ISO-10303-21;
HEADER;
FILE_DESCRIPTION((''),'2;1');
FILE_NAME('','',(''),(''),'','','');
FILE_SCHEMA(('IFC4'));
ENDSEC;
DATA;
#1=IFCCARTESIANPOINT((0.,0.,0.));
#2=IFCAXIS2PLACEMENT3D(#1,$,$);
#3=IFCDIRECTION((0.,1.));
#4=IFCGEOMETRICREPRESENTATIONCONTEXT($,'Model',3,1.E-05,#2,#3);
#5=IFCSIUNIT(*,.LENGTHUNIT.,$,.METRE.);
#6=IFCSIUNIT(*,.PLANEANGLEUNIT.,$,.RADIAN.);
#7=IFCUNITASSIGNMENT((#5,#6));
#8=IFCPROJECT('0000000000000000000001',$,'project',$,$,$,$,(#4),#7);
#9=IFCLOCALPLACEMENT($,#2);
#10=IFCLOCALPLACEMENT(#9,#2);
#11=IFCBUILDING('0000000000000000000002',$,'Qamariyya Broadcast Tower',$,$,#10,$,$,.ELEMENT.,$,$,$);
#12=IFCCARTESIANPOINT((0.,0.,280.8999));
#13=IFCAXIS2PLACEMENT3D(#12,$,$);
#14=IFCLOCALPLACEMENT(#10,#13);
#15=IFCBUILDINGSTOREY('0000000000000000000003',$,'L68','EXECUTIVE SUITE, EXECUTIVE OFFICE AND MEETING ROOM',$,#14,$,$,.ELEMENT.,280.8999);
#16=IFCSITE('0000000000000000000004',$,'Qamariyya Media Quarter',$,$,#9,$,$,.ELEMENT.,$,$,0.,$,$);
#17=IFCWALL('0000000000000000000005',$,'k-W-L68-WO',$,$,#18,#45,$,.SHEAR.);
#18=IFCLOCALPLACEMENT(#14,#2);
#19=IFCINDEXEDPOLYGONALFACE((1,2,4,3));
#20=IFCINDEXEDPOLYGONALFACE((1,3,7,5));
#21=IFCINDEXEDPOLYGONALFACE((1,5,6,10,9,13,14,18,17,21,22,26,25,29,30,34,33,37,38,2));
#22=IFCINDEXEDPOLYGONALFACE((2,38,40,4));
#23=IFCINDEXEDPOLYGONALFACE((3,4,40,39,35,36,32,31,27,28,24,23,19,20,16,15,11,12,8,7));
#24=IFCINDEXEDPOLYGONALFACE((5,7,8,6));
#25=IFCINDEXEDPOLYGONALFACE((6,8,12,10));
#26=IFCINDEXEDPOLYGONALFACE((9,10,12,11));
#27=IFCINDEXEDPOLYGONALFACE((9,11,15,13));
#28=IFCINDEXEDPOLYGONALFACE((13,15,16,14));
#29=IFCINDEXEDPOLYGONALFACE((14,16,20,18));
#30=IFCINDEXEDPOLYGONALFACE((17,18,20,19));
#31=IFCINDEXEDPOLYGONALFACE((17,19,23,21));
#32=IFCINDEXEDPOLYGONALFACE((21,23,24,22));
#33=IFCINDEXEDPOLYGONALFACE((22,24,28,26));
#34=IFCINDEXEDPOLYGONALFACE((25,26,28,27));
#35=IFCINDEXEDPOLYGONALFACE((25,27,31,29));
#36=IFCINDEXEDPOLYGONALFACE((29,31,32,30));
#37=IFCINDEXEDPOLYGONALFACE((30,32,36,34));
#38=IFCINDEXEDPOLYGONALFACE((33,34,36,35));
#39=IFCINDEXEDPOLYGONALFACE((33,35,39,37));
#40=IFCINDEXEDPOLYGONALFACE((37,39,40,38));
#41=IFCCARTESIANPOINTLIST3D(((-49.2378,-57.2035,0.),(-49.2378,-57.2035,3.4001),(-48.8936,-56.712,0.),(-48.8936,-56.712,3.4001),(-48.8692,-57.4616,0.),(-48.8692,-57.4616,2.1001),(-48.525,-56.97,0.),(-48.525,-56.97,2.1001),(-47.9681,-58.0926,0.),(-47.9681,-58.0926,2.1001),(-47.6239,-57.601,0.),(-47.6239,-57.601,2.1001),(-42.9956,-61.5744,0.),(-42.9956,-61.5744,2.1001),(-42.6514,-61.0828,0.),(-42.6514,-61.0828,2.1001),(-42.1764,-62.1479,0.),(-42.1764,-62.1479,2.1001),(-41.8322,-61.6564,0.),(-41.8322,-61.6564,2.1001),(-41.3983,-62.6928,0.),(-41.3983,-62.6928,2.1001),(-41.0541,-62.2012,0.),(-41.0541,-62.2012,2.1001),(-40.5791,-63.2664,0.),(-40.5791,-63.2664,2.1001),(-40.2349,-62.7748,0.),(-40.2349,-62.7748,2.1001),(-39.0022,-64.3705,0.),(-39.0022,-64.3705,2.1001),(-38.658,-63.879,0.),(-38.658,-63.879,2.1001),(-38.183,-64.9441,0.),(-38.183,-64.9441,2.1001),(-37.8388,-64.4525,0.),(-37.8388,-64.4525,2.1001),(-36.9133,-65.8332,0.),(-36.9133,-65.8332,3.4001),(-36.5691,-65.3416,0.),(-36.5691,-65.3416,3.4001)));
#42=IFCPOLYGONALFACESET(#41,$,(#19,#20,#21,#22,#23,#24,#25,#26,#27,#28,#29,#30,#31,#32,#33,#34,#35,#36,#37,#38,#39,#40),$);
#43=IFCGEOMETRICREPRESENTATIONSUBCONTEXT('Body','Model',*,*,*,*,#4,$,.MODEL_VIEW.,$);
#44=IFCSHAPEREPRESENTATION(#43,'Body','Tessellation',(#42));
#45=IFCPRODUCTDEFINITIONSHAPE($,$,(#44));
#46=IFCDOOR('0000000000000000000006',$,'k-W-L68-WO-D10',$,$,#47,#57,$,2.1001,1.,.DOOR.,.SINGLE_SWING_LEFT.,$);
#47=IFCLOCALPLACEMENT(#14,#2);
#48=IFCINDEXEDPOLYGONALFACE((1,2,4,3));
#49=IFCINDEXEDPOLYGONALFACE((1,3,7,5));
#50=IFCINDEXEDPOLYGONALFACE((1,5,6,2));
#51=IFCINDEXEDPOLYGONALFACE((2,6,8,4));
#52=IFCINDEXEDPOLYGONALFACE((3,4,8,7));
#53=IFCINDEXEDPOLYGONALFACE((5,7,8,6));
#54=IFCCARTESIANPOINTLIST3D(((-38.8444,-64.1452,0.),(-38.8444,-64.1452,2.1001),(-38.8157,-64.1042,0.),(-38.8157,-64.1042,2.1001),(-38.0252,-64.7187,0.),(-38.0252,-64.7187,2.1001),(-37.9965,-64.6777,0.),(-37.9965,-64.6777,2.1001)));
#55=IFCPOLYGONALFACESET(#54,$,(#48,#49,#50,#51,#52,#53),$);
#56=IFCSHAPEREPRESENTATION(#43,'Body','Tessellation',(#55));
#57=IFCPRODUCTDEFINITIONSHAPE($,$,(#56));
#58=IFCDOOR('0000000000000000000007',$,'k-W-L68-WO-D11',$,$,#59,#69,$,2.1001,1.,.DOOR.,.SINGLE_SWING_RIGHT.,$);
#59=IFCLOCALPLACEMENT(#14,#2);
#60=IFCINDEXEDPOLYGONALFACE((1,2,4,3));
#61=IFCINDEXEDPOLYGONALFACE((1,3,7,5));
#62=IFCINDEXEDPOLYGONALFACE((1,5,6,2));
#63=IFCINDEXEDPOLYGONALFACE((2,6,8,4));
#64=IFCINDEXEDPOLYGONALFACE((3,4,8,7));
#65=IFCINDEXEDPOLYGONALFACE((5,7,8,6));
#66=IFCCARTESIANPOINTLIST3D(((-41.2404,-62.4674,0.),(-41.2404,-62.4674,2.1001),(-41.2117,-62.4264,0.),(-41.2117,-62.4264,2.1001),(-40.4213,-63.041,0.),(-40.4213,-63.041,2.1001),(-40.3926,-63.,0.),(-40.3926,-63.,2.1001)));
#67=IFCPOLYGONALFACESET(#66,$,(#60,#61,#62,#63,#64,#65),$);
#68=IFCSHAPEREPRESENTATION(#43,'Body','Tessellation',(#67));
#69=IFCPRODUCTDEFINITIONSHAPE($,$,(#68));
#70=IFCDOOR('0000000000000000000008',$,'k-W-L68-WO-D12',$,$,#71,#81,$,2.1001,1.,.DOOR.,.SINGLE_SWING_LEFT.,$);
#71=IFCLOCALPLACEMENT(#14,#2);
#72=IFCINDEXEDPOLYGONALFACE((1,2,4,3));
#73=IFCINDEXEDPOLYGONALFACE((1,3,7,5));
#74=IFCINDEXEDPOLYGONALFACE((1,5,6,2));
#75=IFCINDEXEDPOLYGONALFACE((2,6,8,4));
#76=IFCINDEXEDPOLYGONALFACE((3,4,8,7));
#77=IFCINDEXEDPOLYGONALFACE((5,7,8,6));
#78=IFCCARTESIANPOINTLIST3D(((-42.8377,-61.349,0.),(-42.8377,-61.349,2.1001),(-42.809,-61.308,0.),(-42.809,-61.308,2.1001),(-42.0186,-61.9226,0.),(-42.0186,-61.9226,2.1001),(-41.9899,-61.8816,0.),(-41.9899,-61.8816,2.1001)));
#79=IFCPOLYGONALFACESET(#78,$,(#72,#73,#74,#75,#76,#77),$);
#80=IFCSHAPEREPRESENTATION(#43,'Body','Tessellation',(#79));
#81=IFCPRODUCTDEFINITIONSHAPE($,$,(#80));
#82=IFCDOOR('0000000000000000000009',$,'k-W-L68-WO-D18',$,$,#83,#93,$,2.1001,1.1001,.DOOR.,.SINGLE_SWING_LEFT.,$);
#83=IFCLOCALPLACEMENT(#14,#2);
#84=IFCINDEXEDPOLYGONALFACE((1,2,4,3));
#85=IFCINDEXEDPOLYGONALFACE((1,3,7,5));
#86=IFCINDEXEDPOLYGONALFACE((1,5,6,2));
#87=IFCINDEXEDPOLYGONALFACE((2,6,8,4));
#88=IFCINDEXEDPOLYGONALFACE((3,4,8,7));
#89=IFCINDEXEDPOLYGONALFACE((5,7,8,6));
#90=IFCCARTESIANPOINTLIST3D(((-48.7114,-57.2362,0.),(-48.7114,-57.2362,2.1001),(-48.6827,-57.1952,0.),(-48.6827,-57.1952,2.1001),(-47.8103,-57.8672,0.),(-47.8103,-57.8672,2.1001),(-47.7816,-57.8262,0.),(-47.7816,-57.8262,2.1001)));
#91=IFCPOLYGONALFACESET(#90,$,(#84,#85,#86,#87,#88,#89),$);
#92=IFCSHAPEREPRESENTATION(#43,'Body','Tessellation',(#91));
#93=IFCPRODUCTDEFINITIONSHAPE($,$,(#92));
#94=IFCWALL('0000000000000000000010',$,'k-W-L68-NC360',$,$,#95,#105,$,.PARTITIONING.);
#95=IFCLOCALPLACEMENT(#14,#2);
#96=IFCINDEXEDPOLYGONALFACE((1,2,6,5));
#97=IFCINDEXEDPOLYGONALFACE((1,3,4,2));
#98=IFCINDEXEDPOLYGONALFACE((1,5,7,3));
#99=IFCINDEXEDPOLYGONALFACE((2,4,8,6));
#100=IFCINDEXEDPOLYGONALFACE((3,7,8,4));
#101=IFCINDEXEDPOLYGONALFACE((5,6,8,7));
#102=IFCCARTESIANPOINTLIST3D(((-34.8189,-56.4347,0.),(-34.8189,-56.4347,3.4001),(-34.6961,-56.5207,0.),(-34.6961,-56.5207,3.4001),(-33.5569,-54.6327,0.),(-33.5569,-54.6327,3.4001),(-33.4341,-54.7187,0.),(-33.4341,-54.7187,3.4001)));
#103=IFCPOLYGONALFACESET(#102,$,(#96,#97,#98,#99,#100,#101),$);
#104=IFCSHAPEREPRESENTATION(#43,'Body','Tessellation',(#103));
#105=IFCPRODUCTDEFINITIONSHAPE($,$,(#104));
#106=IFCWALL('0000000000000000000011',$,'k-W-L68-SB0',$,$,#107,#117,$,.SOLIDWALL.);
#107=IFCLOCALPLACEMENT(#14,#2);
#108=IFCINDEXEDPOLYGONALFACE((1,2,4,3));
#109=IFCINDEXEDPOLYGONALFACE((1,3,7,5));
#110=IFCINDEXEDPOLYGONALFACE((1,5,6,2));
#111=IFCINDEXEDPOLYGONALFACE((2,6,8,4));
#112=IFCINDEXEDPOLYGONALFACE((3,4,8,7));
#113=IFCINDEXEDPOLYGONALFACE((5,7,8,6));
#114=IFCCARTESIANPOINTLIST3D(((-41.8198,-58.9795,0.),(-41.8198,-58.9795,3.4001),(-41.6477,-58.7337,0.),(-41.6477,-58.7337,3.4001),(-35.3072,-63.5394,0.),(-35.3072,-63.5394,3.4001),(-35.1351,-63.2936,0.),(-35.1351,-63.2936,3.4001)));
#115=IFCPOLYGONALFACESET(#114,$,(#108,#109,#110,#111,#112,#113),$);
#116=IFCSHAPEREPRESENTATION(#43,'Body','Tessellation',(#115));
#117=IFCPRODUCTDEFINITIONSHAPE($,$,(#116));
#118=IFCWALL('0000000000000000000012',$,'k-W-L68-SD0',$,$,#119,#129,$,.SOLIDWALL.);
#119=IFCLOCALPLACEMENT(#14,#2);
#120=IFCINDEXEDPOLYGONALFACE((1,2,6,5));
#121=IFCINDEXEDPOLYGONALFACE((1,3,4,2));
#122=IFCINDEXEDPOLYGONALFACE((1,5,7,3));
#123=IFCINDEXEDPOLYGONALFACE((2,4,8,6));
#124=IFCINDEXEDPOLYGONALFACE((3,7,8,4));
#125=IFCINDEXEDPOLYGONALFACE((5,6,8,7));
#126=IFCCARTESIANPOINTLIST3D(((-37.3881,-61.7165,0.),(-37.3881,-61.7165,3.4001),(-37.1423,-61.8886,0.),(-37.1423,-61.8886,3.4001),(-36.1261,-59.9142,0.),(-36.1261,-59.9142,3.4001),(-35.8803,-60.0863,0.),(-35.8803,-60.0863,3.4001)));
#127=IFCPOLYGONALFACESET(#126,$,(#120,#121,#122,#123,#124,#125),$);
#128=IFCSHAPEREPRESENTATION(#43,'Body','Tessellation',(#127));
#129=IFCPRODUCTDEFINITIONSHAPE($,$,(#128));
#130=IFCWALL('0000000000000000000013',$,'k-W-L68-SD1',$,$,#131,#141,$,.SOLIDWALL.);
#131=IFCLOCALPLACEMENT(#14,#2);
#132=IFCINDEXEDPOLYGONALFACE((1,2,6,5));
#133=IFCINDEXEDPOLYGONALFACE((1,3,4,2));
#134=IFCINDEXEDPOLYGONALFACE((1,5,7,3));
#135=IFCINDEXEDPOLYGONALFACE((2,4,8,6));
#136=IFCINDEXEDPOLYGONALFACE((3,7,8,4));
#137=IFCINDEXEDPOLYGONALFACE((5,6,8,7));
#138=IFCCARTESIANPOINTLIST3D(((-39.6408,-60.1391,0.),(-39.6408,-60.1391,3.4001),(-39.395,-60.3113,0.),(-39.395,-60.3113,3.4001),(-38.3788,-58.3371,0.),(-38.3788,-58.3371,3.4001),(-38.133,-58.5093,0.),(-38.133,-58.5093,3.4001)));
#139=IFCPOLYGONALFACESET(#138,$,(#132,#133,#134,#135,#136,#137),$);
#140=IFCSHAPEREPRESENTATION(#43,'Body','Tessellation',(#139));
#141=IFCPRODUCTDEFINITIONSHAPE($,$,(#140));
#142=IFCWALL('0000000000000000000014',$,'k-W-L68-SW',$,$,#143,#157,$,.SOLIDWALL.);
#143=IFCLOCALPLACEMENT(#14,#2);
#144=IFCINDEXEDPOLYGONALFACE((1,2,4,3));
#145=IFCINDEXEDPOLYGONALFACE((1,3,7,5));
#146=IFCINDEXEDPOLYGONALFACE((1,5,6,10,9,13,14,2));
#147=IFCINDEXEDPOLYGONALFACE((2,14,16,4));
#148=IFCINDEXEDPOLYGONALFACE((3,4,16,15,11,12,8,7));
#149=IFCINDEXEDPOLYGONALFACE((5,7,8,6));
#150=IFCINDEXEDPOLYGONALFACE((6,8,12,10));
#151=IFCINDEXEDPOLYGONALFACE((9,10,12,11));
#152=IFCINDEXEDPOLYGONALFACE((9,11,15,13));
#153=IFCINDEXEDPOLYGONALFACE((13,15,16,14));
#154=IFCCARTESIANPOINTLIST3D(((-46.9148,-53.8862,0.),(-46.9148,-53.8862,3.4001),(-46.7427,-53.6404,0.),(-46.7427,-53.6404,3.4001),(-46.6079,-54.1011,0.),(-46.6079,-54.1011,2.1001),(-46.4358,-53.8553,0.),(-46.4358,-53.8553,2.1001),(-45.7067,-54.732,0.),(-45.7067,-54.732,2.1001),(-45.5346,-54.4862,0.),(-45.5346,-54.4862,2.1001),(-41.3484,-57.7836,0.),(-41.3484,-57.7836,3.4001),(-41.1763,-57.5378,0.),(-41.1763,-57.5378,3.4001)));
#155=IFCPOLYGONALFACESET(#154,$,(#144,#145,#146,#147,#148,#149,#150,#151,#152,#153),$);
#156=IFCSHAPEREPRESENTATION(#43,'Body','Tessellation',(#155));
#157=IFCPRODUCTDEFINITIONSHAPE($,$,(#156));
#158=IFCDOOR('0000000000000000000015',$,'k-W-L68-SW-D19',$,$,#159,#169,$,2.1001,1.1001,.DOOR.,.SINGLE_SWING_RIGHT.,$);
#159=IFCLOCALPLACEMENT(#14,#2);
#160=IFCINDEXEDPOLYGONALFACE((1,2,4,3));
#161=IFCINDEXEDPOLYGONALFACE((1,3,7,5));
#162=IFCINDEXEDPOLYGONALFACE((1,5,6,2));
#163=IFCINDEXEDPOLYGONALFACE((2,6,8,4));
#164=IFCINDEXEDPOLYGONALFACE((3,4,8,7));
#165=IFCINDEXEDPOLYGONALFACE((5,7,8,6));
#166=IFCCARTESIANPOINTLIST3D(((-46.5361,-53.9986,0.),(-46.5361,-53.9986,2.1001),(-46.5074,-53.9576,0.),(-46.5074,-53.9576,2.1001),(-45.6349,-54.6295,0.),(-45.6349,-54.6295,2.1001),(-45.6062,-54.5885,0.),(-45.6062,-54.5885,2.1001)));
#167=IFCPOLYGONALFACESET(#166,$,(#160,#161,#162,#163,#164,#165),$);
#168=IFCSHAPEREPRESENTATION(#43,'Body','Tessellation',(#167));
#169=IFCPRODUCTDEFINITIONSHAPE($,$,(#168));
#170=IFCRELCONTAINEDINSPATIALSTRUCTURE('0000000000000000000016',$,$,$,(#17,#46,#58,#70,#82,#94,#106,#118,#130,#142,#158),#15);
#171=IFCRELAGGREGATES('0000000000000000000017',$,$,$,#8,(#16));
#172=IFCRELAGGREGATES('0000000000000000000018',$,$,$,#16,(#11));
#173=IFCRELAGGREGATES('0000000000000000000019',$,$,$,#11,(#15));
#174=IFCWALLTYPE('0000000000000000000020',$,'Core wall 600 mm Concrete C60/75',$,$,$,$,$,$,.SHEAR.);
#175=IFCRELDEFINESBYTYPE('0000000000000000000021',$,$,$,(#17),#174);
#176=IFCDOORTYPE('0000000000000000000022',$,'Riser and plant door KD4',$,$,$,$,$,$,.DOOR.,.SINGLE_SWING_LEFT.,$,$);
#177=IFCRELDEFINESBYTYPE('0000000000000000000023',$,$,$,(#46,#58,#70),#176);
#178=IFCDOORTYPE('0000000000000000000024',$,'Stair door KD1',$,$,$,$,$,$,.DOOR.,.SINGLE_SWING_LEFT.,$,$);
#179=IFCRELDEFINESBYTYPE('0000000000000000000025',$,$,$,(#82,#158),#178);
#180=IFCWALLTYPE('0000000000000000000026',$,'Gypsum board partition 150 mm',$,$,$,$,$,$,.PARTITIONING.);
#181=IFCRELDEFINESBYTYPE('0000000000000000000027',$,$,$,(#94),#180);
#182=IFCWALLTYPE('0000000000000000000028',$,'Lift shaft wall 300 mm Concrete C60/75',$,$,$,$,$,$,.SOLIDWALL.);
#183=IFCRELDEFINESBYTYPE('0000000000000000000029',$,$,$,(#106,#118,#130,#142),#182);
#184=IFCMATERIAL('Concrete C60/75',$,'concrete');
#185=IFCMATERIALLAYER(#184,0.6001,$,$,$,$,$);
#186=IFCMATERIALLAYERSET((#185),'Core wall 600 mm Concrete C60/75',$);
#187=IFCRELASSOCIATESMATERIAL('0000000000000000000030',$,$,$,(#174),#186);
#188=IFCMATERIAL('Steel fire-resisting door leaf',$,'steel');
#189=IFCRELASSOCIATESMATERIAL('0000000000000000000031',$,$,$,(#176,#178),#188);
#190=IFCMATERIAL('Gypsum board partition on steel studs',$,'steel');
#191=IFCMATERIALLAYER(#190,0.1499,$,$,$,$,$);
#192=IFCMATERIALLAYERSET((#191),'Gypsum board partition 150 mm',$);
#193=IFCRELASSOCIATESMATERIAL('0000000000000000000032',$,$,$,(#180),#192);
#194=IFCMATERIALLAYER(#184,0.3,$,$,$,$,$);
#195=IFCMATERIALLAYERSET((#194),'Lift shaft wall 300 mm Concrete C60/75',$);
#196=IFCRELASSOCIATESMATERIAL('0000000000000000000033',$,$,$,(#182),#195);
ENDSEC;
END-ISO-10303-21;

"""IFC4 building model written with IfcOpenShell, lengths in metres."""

from ifc_helpers import new_model, si_unit, direction, frame, frame_2d, origin, place, context, subcontext, project, spatial, rectangle, extrude, material, layer, layer_set, type_object, element, fill, save


model = new_model("IFC4")

# Units and contexts
model_context = context("Model", 3, precision=1e-05, world=origin(), true_north=direction((0.0, 1.0)))
body_context = subcontext(model_context, "Body", "Model", "MODEL_VIEW")
ifc_project = project(units=[si_unit("LENGTHUNIT", "METRE"), si_unit("PLANEANGLEUNIT", "RADIAN")], contexts=[model_context])

# Site, building, storey
site_placement = place(None, origin())
site = spatial("IfcSite", under=ifc_project, at=site_placement, Name="Qamariyya Media Quarter", CompositionType="ELEMENT", RefElevation=0.0)
building_placement = place(site_placement, origin())
building = spatial("IfcBuilding", under=site, at=building_placement, Name="Qamariyya Broadcast Tower", CompositionType="ELEMENT")
storey_placement = place(building_placement, frame((0.0, 0.0, 280.8999)))
storey = spatial("IfcBuildingStorey", under=building, at=storey_placement, Name="L68", Description="EXECUTIVE SUITE, EXECUTIVE OFFICE AND MEETING ROOM", CompositionType="ELEMENT", Elevation=280.8999)

# Shared definitions
ifc_material_1 = material(Name="Concrete C60/75", Category="concrete")
ifc_layer_1 = layer(ifc_material_1, 0.6001)
ifc_layer_set_1 = layer_set([ifc_layer_1], Name="Core wall 600 mm Concrete C60/75")
wall_type_1 = type_object("IfcWallType", Name="Core wall 600 mm Concrete C60/75", PredefinedType="SHEAR", material=ifc_layer_set_1)
ifc_material_2 = material(Name="Steel fire-resisting door leaf", Category="steel")

# Wall, openings, doors
wall_1_placement = place(storey_placement, frame((-36.7412, -65.5874, 0.0), z_axis=(0.0, 0.0, 1.0), x_axis=(-0.819153, 0.573575, 0.0)))
wall_1 = element("IfcWall", 1, at=wall_1_placement, inside=storey, type_object=wall_type_1, Name="k-W-L68-WO", PredefinedType="SHEAR", context=body_context, shape_type="SweptSolid", body=[
    extrude(rectangle(XDim=15.0454, YDim=0.6001, at=frame_2d((7.5227, 0.0))), origin(), (0.0, 0.0, 1.0), 3.4001),
])
opening_1_placement = place(wall_1_placement, frame((1.55, 0.0, 0.0)))
opening_1 = element("IfcOpeningElement", 2, at=opening_1_placement, cuts=wall_1, PredefinedType="OPENING", context=body_context, shape_type="SweptSolid", body=[
    extrude(rectangle(XDim=1.0, YDim=2.1001, at=frame_2d((0.5, 1.05))), frame((0.0, 0.3101, 0.0), z_axis=(0.0, -1.0, 0.0), x_axis=(1.0, 0.0, 0.0)), (0.0, 0.0, 1.0), 0.6201),
])
opening_2_placement = place(wall_1_placement, frame((4.4751, 0.0, 0.0)))
opening_2 = element("IfcOpeningElement", 3, at=opening_2_placement, cuts=wall_1, PredefinedType="OPENING", context=body_context, shape_type="SweptSolid", body=[
    extrude(rectangle(XDim=1.0, YDim=2.1001, at=frame_2d((0.5, 1.05))), frame((0.0, 0.3101, 0.0), z_axis=(0.0, -1.0, 0.0), x_axis=(1.0, 0.0, 0.0)), (0.0, 0.0, 1.0), 0.6201),
])
opening_3_placement = place(wall_1_placement, frame((6.425, 0.0, 0.0)))
opening_3 = element("IfcOpeningElement", 4, at=opening_3_placement, cuts=wall_1, PredefinedType="OPENING", context=body_context, shape_type="SweptSolid", body=[
    extrude(rectangle(XDim=1.0, YDim=2.1001, at=frame_2d((0.5, 1.05))), frame((0.0, 0.3101, 0.0), z_axis=(0.0, -1.0, 0.0), x_axis=(1.0, 0.0, 0.0)), (0.0, 0.0, 1.0), 0.6201),
])
opening_4_placement = place(wall_1_placement, frame((13.4954, 0.0, 0.0)))
opening_4 = element("IfcOpeningElement", 5, at=opening_4_placement, cuts=wall_1, PredefinedType="OPENING", context=body_context, shape_type="SweptSolid", body=[
    extrude(rectangle(XDim=1.1001, YDim=2.1001, at=frame_2d((0.55, 1.05))), frame((0.0, 0.3101, 0.0), z_axis=(0.0, -1.0, 0.0), x_axis=(1.0, 0.0, 0.0)), (0.0, 0.0, 1.0), 0.6201),
])
door_type_1 = type_object("IfcDoorType", Name="Riser and plant door KD4", OperationType="SINGLE_SWING_LEFT", PredefinedType="DOOR", material=ifc_material_2)
door_1_placement = place(opening_1_placement, origin())
door_1 = element("IfcDoor", 6, at=door_1_placement, inside=storey, type_object=door_type_1, Name="k-W-L68-WO-D10", OperationType="SINGLE_SWING_LEFT", OverallHeight=2.1001, OverallWidth=1.0, PredefinedType="DOOR", context=body_context, shape_type="SweptSolid", body=[
    extrude(rectangle(XDim=1.0, YDim=2.1001, at=frame_2d((0.5, 1.05))), frame((0.0, 0.0249, 0.0), z_axis=(0.0, -1.0, 0.0), x_axis=(1.0, 0.0, 0.0)), (0.0, 0.0, 1.0), 0.05),
])
fill(opening_1, door_1)
door_2_placement = place(opening_2_placement, origin())
door_2 = element("IfcDoor", 7, at=door_2_placement, inside=storey, type_object=door_type_1, Name="k-W-L68-WO-D11", OperationType="SINGLE_SWING_RIGHT", OverallHeight=2.1001, OverallWidth=1.0, PredefinedType="DOOR", context=body_context, shape_type="SweptSolid", body=[
    extrude(rectangle(XDim=1.0, YDim=2.1001, at=frame_2d((0.5, 1.05))), frame((0.0, 0.0249, 0.0), z_axis=(0.0, -1.0, 0.0), x_axis=(1.0, 0.0, 0.0)), (0.0, 0.0, 1.0), 0.05),
])
fill(opening_2, door_2)
door_3_placement = place(opening_3_placement, origin())
door_3 = element("IfcDoor", 8, at=door_3_placement, inside=storey, type_object=door_type_1, Name="k-W-L68-WO-D12", OperationType="SINGLE_SWING_LEFT", OverallHeight=2.1001, OverallWidth=1.0, PredefinedType="DOOR", context=body_context, shape_type="SweptSolid", body=[
    extrude(rectangle(XDim=1.0, YDim=2.1001, at=frame_2d((0.5, 1.05))), frame((0.0, 0.0249, 0.0), z_axis=(0.0, -1.0, 0.0), x_axis=(1.0, 0.0, 0.0)), (0.0, 0.0, 1.0), 0.05),
])
fill(opening_3, door_3)
door_type_2 = type_object("IfcDoorType", Name="Stair door KD1", OperationType="SINGLE_SWING_LEFT", PredefinedType="DOOR", material=ifc_material_2)
door_4_placement = place(opening_4_placement, origin())
door_4 = element("IfcDoor", 9, at=door_4_placement, inside=storey, type_object=door_type_2, Name="k-W-L68-WO-D18", OperationType="SINGLE_SWING_LEFT", OverallHeight=2.1001, OverallWidth=1.1001, PredefinedType="DOOR", context=body_context, shape_type="SweptSolid", body=[
    extrude(rectangle(XDim=1.1001, YDim=2.1001, at=frame_2d((0.55, 1.05))), frame((0.0, 0.0249, 0.0), z_axis=(0.0, -1.0, 0.0), x_axis=(1.0, 0.0, 0.0)), (0.0, 0.0, 1.0), 0.05),
])
fill(opening_4, door_4)

# Walls
ifc_material_3 = material(Name="Gypsum board partition on steel studs", Category="steel")
ifc_layer_2 = layer(ifc_material_3, 0.1499)
ifc_layer_set_2 = layer_set([ifc_layer_2], Name="Gypsum board partition 150 mm")
wall_type_2 = type_object("IfcWallType", Name="Gypsum board partition 150 mm", PredefinedType="PARTITIONING", material=ifc_layer_set_2)
wall_2_placement = place(storey_placement, frame((-34.7576, -56.4778, 0.0), z_axis=(0.0, 0.0, 1.0), x_axis=(0.573634, 0.819112, 0.0)))
element("IfcWall", 10, at=wall_2_placement, inside=storey, type_object=wall_type_2, Name="k-W-L68-NC360", PredefinedType="PARTITIONING", context=body_context, shape_type="SweptSolid", body=[
    extrude(rectangle(XDim=2.2, YDim=0.1499, at=frame_2d((1.1001, 0.0))), origin(), (0.0, 0.0, 1.0), 3.4001),
])
ifc_layer_3 = layer(ifc_material_1, 0.3)
ifc_layer_set_3 = layer_set([ifc_layer_3], Name="Lift shaft wall 300 mm Concrete C60/75")
wall_type_3 = type_object("IfcWallType", Name="Lift shaft wall 300 mm Concrete C60/75", PredefinedType="SOLIDWALL", material=ifc_layer_set_3)
wall_3_placement = place(storey_placement, frame((-35.2212, -63.4165, 0.0), z_axis=(0.0, 0.0, 1.0), x_axis=(-0.819167, 0.573555, 0.0)))
element("IfcWall", 11, at=wall_3_placement, inside=storey, type_object=wall_type_3, Name="k-W-L68-SB0", PredefinedType="SOLIDWALL", context=body_context, shape_type="SweptSolid", body=[
    extrude(rectangle(XDim=7.9502, YDim=0.3, at=frame_2d((3.9751, 0.0))), origin(), (0.0, 0.0, 1.0), 3.4001),
])
wall_4_placement = place(storey_placement, frame((-36.0032, -60.0002, 0.0), z_axis=(0.0, 0.0, 1.0), x_axis=(-0.573581, -0.819149, 0.0)))
element("IfcWall", 12, at=wall_4_placement, inside=storey, type_object=wall_type_3, Name="k-W-L68-SD0", PredefinedType="SOLIDWALL", context=body_context, shape_type="SweptSolid", body=[
    extrude(rectangle(XDim=2.2002, YDim=0.3, at=frame_2d((1.1001, 0.0))), origin(), (0.0, 0.0, 1.0), 3.4001),
])
wall_5_placement = place(storey_placement, frame((-38.2559, -58.4231, 0.0), z_axis=(0.0, 0.0, 1.0), x_axis=(-0.573634, -0.819112, 0.0)))
element("IfcWall", 13, at=wall_5_placement, inside=storey, type_object=wall_type_3, Name="k-W-L68-SD1", PredefinedType="SOLIDWALL", context=body_context, shape_type="SweptSolid", body=[
    extrude(rectangle(XDim=2.2, YDim=0.3, at=frame_2d((1.1001, 0.0))), origin(), (0.0, 0.0, 1.0), 3.4001),
])

# Wall, opening, door
wall_6_placement = place(storey_placement, frame((-41.2625, -57.6606, 0.0), z_axis=(0.0, 0.0, 1.0), x_axis=(-0.819164, 0.573559, 0.0)))
wall_6 = element("IfcWall", 14, at=wall_6_placement, inside=storey, type_object=wall_type_3, Name="k-W-L68-SW", PredefinedType="SOLIDWALL", context=body_context, shape_type="SweptSolid", body=[
    extrude(rectangle(XDim=6.7952, YDim=0.3, at=frame_2d((3.3975, 0.0))), origin(), (0.0, 0.0, 1.0), 3.4001),
])
opening_5_placement = place(wall_6_placement, frame((5.3203, 0.0, 0.0)))
opening_5 = element("IfcOpeningElement", 15, at=opening_5_placement, cuts=wall_6, PredefinedType="OPENING", context=body_context, shape_type="SweptSolid", body=[
    extrude(rectangle(XDim=1.1001, YDim=2.1001, at=frame_2d((0.55, 1.05))), frame((0.0, 0.1599, 0.0), z_axis=(0.0, -1.0, 0.0), x_axis=(1.0, 0.0, 0.0)), (0.0, 0.0, 1.0), 0.3201),
])
door_5_placement = place(opening_5_placement, origin())
door_5 = element("IfcDoor", 16, at=door_5_placement, inside=storey, type_object=door_type_2, Name="k-W-L68-SW-D19", OperationType="SINGLE_SWING_RIGHT", OverallHeight=2.1001, OverallWidth=1.1001, PredefinedType="DOOR", context=body_context, shape_type="SweptSolid", body=[
    extrude(rectangle(XDim=1.1001, YDim=2.1001, at=frame_2d((0.55, 1.05))), frame((0.0, 0.0249, 0.0), z_axis=(0.0, -1.0, 0.0), x_axis=(1.0, 0.0, 0.0)), (0.0, 0.0, 1.0), 0.05),
])
fill(opening_5, door_5)

save(model, "model.ifc")
